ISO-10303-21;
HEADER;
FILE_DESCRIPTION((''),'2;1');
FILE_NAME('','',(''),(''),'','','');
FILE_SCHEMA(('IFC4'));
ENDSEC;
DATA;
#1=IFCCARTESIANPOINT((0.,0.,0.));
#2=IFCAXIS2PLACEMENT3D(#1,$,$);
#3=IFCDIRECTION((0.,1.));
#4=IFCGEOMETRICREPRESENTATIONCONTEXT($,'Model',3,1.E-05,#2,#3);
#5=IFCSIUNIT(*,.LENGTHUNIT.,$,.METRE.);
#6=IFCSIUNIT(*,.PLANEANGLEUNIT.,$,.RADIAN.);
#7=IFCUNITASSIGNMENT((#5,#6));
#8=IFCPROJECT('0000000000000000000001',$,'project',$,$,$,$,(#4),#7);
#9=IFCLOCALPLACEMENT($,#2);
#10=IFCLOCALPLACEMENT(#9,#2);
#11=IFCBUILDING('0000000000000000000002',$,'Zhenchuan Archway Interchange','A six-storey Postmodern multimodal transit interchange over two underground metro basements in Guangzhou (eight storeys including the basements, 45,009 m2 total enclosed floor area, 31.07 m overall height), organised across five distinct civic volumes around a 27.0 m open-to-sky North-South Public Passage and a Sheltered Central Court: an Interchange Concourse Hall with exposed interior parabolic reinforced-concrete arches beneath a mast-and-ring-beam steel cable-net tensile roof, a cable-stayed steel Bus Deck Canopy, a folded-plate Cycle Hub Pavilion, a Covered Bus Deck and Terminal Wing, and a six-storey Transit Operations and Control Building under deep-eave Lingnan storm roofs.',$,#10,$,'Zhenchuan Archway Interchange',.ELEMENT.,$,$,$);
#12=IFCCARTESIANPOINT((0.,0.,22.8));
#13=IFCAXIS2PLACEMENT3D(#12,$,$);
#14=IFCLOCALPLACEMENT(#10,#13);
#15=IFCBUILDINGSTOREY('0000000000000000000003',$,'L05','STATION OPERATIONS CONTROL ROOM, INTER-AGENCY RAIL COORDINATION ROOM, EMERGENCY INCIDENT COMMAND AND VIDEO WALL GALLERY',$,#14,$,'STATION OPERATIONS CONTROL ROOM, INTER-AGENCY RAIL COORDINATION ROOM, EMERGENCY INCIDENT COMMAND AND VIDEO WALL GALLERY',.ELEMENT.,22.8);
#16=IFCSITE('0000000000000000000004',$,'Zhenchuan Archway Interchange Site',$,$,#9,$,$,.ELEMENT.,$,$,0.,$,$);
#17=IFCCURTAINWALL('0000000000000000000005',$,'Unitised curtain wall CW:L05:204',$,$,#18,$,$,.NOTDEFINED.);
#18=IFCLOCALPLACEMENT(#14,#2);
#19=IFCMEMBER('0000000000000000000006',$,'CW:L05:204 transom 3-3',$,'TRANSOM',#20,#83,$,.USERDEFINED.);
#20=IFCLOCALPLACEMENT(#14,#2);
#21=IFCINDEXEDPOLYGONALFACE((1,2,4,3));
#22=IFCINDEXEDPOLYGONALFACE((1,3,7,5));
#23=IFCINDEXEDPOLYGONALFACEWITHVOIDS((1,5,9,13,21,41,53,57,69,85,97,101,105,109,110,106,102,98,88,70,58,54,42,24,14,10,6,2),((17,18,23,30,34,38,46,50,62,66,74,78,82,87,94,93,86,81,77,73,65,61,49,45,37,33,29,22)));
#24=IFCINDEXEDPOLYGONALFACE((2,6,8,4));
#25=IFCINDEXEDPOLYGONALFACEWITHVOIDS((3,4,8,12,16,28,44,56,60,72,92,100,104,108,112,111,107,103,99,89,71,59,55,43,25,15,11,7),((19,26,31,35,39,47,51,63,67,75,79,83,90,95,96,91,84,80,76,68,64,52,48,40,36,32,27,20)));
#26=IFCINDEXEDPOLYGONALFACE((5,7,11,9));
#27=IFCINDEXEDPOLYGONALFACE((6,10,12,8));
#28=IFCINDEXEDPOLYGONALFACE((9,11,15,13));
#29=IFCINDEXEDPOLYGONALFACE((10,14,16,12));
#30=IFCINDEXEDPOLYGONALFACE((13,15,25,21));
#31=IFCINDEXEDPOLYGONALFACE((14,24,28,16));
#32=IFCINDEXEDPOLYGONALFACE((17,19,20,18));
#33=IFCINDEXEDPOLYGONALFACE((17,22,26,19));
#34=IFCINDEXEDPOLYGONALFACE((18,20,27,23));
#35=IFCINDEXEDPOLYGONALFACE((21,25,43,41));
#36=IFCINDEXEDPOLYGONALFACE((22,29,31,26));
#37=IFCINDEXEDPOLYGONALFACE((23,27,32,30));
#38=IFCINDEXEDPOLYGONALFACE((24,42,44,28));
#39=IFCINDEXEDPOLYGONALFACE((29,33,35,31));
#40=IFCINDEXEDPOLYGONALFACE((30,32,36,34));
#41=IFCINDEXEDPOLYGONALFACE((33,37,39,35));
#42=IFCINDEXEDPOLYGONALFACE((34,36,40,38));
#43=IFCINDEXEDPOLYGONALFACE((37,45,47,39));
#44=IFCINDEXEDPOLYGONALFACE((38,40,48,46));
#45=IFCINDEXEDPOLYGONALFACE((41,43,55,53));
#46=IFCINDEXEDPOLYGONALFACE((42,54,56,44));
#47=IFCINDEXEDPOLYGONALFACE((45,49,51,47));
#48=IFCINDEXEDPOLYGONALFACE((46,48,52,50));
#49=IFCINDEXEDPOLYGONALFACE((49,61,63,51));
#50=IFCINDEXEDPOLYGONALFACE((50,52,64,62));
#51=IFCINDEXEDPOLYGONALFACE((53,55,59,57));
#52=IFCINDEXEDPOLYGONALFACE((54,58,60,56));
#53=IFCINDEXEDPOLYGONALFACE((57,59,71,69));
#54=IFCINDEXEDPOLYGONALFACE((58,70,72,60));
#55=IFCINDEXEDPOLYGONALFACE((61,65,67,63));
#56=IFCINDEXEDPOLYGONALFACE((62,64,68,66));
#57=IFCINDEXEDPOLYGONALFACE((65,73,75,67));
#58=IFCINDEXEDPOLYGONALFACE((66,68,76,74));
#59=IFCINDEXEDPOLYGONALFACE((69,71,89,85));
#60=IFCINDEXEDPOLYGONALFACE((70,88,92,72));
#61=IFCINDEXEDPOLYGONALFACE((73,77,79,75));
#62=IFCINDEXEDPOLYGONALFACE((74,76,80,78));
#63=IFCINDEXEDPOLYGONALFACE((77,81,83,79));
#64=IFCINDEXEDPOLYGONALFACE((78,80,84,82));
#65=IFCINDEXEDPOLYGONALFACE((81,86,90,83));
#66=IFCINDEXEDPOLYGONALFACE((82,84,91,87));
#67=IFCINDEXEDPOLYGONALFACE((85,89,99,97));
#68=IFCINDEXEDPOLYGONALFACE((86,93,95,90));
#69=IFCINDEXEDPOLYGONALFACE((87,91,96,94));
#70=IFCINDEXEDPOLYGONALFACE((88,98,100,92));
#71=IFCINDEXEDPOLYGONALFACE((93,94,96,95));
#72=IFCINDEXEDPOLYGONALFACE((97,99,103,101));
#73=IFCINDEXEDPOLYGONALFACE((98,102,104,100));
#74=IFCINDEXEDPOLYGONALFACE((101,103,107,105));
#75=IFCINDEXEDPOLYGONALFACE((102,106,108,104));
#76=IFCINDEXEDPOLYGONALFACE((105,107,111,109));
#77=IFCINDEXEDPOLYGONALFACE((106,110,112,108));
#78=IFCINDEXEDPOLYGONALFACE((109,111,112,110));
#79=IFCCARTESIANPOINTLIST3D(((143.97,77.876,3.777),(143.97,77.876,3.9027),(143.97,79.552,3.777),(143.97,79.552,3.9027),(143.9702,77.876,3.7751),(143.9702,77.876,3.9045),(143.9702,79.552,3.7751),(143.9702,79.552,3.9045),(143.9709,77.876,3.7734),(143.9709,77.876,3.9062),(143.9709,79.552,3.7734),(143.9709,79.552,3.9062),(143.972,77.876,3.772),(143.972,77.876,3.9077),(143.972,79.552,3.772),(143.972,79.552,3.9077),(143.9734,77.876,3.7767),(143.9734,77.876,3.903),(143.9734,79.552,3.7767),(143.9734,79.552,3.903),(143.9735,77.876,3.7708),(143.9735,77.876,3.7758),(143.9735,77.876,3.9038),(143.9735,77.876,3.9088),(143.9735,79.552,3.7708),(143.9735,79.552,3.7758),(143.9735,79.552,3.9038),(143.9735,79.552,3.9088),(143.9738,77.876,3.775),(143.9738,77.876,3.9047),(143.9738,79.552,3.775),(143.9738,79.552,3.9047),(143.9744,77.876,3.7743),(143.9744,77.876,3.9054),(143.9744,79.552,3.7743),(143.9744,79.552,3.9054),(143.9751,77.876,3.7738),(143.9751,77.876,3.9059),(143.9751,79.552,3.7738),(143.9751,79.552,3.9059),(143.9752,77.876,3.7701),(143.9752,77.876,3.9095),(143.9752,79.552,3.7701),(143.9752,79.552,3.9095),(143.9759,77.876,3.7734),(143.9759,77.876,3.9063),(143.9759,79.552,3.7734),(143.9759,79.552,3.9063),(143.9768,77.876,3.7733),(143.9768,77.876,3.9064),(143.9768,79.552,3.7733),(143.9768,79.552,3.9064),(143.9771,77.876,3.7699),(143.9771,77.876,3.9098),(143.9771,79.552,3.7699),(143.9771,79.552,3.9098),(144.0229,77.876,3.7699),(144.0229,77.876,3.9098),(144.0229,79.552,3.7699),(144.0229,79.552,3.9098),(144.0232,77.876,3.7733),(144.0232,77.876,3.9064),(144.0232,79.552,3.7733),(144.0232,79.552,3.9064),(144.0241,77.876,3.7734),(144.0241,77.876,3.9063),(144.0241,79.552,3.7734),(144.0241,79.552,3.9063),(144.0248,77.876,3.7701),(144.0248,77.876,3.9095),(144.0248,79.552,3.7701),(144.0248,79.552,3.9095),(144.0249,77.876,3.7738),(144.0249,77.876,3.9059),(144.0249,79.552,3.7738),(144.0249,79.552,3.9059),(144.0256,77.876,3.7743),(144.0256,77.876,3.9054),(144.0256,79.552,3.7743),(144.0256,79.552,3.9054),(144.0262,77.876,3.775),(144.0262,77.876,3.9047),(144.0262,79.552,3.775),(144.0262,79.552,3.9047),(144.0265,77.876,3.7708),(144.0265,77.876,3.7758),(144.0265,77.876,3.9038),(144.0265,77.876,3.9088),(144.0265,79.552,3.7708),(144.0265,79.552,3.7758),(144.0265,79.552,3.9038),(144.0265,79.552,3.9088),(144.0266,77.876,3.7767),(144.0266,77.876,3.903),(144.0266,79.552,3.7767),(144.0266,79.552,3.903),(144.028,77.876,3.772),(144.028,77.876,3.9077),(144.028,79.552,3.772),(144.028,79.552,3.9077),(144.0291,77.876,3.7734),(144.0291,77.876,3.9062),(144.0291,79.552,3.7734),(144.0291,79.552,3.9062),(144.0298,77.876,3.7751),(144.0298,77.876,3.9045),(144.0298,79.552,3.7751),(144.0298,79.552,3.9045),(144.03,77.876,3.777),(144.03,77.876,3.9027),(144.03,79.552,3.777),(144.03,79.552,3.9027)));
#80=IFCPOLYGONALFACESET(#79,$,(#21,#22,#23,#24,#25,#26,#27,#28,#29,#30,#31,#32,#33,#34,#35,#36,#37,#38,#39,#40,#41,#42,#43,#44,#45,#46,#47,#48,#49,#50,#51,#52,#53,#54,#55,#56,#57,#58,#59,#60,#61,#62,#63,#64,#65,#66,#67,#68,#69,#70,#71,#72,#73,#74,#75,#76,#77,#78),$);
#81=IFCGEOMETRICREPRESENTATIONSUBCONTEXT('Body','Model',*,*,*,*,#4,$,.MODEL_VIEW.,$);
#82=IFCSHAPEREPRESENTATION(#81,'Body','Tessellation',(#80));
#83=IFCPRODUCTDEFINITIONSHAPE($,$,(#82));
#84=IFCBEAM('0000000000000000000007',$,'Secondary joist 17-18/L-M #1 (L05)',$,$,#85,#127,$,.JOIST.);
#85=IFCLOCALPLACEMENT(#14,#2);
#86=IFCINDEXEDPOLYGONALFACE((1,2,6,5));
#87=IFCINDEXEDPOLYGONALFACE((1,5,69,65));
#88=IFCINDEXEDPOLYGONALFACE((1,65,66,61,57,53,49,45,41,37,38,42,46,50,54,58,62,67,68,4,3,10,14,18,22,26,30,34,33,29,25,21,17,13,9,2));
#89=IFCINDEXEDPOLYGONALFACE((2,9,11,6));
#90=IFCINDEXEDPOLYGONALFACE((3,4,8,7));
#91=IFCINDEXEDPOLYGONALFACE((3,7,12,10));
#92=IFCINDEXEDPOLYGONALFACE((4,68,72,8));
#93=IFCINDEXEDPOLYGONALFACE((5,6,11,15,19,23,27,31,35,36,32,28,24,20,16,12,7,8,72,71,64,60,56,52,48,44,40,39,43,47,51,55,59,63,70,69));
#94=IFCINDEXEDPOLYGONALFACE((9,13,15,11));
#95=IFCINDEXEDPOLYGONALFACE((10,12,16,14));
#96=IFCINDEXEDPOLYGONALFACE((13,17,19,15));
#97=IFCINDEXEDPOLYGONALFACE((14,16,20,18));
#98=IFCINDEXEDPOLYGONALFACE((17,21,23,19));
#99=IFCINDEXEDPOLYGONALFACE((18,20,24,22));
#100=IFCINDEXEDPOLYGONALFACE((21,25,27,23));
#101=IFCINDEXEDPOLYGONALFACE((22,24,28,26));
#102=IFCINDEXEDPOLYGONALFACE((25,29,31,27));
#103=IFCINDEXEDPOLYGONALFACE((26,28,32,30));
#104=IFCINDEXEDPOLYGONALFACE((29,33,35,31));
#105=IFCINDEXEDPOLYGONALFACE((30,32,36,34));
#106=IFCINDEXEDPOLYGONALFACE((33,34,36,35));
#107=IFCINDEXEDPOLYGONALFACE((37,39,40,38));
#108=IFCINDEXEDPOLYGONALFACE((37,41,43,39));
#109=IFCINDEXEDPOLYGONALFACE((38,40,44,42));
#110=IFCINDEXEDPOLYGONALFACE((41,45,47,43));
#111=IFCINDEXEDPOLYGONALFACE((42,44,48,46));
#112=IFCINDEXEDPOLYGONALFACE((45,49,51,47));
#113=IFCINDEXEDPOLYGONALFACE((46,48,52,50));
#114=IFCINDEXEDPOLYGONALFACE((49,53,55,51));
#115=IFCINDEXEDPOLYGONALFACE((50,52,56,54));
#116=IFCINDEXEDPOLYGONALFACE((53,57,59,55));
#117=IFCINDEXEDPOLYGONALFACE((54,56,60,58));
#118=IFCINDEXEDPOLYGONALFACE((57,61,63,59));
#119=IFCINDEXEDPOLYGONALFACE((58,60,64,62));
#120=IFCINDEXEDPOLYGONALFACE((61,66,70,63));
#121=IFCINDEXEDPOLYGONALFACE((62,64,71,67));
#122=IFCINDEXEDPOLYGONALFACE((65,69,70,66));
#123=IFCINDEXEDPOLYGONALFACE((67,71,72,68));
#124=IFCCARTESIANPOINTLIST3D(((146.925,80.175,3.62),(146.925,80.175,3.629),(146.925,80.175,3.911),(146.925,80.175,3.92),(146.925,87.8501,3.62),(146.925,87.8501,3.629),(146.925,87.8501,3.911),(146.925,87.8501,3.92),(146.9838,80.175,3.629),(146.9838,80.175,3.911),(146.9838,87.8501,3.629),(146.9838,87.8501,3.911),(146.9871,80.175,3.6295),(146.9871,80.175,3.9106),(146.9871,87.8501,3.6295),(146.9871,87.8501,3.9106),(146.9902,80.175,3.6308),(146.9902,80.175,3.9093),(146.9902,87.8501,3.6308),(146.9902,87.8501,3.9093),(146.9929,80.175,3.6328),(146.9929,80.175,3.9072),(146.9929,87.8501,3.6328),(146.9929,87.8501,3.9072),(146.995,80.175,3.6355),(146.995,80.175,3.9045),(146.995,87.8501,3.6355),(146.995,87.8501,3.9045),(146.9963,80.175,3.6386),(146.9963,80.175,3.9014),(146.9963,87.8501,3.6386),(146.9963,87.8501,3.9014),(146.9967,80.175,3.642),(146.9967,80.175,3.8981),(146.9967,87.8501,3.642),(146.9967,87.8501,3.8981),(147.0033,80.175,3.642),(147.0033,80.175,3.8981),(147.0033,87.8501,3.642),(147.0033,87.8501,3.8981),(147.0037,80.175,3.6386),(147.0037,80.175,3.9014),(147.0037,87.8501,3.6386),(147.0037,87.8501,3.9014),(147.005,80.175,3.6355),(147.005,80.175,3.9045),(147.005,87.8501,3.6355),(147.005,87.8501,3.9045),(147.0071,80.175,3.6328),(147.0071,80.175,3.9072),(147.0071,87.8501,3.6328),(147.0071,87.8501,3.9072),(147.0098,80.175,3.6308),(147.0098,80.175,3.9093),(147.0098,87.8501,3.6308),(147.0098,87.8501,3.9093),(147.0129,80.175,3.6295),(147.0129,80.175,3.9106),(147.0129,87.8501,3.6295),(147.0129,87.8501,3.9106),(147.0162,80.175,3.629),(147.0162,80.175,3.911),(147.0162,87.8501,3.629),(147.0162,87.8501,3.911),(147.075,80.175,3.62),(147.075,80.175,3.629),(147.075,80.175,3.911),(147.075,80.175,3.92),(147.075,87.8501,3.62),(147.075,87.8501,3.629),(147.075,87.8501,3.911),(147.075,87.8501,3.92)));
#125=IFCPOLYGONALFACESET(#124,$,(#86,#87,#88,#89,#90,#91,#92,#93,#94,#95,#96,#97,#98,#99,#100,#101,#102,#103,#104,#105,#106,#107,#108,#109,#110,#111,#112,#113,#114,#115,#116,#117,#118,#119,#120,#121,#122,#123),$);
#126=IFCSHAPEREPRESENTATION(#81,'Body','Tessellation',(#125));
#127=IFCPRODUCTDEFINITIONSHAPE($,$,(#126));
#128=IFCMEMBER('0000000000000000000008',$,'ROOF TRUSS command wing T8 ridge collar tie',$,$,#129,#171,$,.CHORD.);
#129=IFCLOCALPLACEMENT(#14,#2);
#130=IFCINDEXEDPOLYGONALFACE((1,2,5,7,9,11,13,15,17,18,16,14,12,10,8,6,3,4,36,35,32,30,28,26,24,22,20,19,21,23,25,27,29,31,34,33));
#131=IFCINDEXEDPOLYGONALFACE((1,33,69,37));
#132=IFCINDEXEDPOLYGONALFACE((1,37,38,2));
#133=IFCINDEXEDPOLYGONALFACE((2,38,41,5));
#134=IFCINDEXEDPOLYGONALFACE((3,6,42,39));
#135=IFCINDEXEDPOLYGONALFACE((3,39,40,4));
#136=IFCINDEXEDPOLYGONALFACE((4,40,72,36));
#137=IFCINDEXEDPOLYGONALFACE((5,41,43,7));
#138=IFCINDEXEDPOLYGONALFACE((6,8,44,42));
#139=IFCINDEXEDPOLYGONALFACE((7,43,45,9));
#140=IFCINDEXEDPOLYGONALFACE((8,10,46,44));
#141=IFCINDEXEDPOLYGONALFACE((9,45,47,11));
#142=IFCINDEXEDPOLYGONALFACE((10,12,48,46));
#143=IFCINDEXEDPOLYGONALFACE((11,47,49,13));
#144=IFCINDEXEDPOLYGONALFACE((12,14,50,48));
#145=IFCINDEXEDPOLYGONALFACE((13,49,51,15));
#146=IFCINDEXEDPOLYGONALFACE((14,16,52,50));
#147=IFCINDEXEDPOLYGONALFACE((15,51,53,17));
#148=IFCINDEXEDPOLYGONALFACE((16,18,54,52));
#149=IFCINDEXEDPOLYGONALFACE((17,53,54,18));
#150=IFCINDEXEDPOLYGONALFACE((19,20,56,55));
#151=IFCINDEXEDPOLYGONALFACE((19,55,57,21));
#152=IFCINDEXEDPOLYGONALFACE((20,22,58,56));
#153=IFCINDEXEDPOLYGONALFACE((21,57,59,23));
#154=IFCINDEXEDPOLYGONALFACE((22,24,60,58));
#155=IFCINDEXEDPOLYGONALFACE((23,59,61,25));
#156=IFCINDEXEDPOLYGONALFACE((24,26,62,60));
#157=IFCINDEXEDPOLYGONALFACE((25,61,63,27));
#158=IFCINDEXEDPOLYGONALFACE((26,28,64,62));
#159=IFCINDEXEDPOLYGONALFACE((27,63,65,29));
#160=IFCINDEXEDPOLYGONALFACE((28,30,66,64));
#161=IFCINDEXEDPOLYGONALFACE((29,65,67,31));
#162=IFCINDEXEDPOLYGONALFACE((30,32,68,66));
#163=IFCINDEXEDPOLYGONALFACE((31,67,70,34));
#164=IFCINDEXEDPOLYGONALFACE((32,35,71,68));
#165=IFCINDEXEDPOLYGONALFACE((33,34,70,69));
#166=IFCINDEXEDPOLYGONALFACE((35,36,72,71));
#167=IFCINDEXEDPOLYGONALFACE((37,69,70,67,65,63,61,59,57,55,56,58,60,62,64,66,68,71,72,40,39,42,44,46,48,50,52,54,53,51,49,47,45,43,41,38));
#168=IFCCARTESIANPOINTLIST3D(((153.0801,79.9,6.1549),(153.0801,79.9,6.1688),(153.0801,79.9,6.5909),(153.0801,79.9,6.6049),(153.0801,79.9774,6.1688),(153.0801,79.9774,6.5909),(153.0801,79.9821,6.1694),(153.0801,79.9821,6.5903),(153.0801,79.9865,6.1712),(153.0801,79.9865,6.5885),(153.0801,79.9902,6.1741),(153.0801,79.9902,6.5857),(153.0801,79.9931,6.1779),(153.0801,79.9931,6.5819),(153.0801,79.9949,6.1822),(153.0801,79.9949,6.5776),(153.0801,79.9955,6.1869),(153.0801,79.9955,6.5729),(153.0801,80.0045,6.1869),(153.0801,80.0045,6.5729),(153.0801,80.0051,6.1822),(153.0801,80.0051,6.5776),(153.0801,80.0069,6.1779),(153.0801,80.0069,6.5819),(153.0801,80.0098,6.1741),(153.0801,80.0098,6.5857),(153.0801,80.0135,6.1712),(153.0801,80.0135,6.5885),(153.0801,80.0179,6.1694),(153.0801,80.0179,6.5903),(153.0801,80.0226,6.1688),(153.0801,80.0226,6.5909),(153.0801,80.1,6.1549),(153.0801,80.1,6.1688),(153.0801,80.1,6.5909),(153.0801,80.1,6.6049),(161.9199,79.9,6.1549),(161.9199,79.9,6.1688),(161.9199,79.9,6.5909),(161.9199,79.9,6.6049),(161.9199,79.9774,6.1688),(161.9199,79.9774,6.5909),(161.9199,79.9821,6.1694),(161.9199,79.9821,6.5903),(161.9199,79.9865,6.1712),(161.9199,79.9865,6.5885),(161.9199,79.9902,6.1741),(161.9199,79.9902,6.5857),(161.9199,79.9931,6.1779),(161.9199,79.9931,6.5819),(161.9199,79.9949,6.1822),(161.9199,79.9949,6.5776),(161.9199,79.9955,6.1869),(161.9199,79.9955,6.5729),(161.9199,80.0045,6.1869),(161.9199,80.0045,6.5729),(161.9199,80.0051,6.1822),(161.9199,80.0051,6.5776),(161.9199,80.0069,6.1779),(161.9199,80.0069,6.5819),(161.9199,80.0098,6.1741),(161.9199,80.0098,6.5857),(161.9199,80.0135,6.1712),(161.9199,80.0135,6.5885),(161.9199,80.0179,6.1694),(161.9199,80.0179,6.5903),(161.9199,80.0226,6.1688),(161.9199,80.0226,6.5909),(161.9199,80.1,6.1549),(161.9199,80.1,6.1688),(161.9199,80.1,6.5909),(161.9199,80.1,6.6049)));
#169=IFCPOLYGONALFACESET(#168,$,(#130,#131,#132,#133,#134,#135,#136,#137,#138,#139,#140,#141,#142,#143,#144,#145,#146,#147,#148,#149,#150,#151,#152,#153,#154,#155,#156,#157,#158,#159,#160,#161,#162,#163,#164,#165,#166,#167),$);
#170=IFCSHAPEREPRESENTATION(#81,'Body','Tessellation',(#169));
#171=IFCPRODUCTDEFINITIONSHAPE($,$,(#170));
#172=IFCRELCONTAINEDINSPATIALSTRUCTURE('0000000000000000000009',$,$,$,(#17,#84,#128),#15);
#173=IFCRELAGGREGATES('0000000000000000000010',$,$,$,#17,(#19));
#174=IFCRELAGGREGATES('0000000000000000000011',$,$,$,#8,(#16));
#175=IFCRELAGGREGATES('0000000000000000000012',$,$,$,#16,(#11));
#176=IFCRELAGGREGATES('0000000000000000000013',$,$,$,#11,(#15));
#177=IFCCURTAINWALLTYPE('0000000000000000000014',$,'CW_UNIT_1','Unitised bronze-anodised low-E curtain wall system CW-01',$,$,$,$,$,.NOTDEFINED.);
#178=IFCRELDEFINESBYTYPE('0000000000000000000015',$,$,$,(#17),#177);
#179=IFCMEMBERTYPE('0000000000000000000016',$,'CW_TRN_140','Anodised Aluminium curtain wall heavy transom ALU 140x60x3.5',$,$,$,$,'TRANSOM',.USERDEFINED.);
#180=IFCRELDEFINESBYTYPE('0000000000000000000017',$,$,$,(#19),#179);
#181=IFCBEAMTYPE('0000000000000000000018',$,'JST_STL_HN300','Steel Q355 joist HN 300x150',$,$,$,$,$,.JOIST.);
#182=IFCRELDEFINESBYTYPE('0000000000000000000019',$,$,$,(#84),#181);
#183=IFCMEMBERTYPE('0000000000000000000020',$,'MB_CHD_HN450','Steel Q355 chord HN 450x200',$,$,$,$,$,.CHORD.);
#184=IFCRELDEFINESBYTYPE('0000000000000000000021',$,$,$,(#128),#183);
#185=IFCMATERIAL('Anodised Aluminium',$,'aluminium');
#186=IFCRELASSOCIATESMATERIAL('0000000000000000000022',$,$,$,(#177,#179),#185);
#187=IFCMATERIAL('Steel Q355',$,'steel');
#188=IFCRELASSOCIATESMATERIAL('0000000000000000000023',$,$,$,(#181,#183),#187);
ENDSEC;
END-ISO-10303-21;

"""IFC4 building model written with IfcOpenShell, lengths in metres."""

from ifc_helpers import new_model, si_unit, direction, frame, origin, origin_2d, place, context, subcontext, project, spatial, hollow_rectangle, i_section, extrude, material, material_profile, profile_set, type_object, element, aggregate, save


model = new_model("IFC4")

# Units and contexts
model_context = context("Model", 3, precision=1e-05, world=origin(), true_north=direction((0.0, 1.0)))
body_context = subcontext(model_context, "Body", "Model", "MODEL_VIEW")
ifc_project = project(units=[si_unit("LENGTHUNIT", "METRE"), si_unit("PLANEANGLEUNIT", "RADIAN")], contexts=[model_context])

# Site, building, storey
site_placement = place(None, origin())
site = spatial("IfcSite", under=ifc_project, at=site_placement, Name="Zhenchuan Archway Interchange Site", CompositionType="ELEMENT", RefElevation=0.0)
building_placement = place(site_placement, origin())
building = spatial("IfcBuilding", under=site, at=building_placement, Name="Zhenchuan Archway Interchange", Description="A six-storey Postmodern multimodal transit interchange over two underground metro basements in Guangzhou (eight storeys including the basements, 45,009 m2 total enclosed floor area, 31.07 m overall height), organised across five distinct civic volumes around a 27.0 m open-to-sky North-South Public Passage and a Sheltered Central Court: an Interchange Concourse Hall with exposed interior parabolic reinforced-concrete arches beneath a mast-and-ring-beam steel cable-net tensile roof, a cable-stayed steel Bus Deck Canopy, a folded-plate Cycle Hub Pavilion, a Covered Bus Deck and Terminal Wing, and a six-storey Transit Operations and Control Building under deep-eave Lingnan storm roofs.", LongName="Zhenchuan Archway Interchange", CompositionType="ELEMENT")
storey_placement = place(building_placement, frame((0.0, 0.0, 22.8)))
storey = spatial("IfcBuildingStorey", under=building, at=storey_placement, Name="L05", Description="STATION OPERATIONS CONTROL ROOM, INTER-AGENCY RAIL COORDINATION ROOM, EMERGENCY INCIDENT COMMAND AND VIDEO WALL GALLERY", LongName="STATION OPERATIONS CONTROL ROOM, INTER-AGENCY RAIL COORDINATION ROOM, EMERGENCY INCIDENT COMMAND AND VIDEO WALL GALLERY", CompositionType="ELEMENT", Elevation=22.8)

# Shared definitions
ifc_material_1 = material(Name="Steel Q355", Category="steel")

# Curtain wall, member
ifc_material_2 = material(Name="Anodised Aluminium", Category="aluminium")
curtain_wall_type = type_object("IfcCurtainWallType", Name="CW_UNIT_1", Description="Unitised bronze-anodised low-E curtain wall system CW-01", PredefinedType="NOTDEFINED", material=ifc_material_2)
curtain_wall_placement = place(storey_placement, origin())
curtain_wall = element("IfcCurtainWall", 1, at=curtain_wall_placement, inside=storey, type_object=curtain_wall_type, Name="Unitised curtain wall CW:L05:204", PredefinedType="NOTDEFINED")
ifc_material_profile_1 = material_profile(ifc_material_2, hollow_rectangle(XDim=0.0601, YDim=0.1399, WallThickness=0.0034, InnerFilletRadius=0.0034, OuterFilletRadius=0.0071, at=origin_2d()), Name="ALU 140x60x3.5")
ifc_profile_set_1 = profile_set([ifc_material_profile_1], Name="Anodised Aluminium")
member_type_1 = type_object("IfcMemberType", Name="CW_TRN_140", Description="Anodised Aluminium curtain wall heavy transom ALU 140x60x3.5", ElementType="TRANSOM", PredefinedType="USERDEFINED", material=ifc_profile_set_1)
member_1_placement = place(storey_placement, frame((144.0, 77.876, 3.8398), z_axis=(0.0, 1.0, 0.0), x_axis=(-1.0, 0.0, 0.0)))
member_1 = element("IfcMember", 2, at=member_1_placement, type_object=member_type_1, Name="CW:L05:204 transom 3-3", ObjectType="TRANSOM", PredefinedType="USERDEFINED", context=body_context, shape_type="SweptSolid", body=[
    extrude(hollow_rectangle(XDim=0.0601, YDim=0.1399, WallThickness=0.0034, InnerFilletRadius=0.0034, OuterFilletRadius=0.0071, at=origin_2d()), origin(), (0.0, 0.0, 1.0), 1.676),
])

# Beam
ifc_material_profile_2 = material_profile(ifc_material_1, i_section(OverallWidth=0.1499, OverallDepth=0.3, WebThickness=0.0066, FlangeThickness=0.009, FilletRadius=0.0129, at=origin_2d()), Name="HN 300x150")
ifc_profile_set_2 = profile_set([ifc_material_profile_2], Name="Steel Q355")
beam_type_1 = type_object("IfcBeamType", Name="JST_STL_HN300", Description="Steel Q355 joist HN 300x150", PredefinedType="JOIST", material=ifc_profile_set_2)
beam_1_placement = place(storey_placement, frame((147.0, 80.175, 3.77), z_axis=(0.0, 1.0, 0.0), x_axis=(-1.0, 0.0, 0.0)))
element("IfcBeam", 3, at=beam_1_placement, inside=storey, type_object=beam_type_1, Name="Secondary joist 17-18/L-M #1 (L05)", PredefinedType="JOIST", context=body_context, shape_type="SweptSolid", body=[
    extrude(i_section(OverallWidth=0.1499, OverallDepth=0.3, WebThickness=0.0066, FlangeThickness=0.009, FilletRadius=0.0129, at=origin_2d()), origin(), (0.0, 0.0, 1.0), 7.675),
])

# Member
ifc_material_profile_3 = material_profile(ifc_material_1, i_section(OverallWidth=0.2, OverallDepth=0.45, WebThickness=0.009, FlangeThickness=0.0139, FilletRadius=0.0181, at=origin_2d()), Name="HN 450x200")
ifc_profile_set_3 = profile_set([ifc_material_profile_3], Name="Steel Q355")
member_type_2 = type_object("IfcMemberType", Name="MB_CHD_HN450", Description="Steel Q355 chord HN 450x200", PredefinedType="CHORD", material=ifc_profile_set_3)
member_2_placement = place(storey_placement, frame((153.0801, 80.0, 6.3799), z_axis=(1.0, 0.0, 0.0), x_axis=(0.0, 1.0, 0.0)))
element("IfcMember", 4, at=member_2_placement, inside=storey, type_object=member_type_2, Name="ROOF TRUSS command wing T8 ridge collar tie", PredefinedType="CHORD", context=body_context, shape_type="SweptSolid", body=[
    extrude(i_section(OverallWidth=0.2, OverallDepth=0.45, WebThickness=0.009, FlangeThickness=0.0139, FilletRadius=0.0181, at=origin_2d()), origin(), (0.0, 0.0, 1.0), 8.8398),
])

aggregate(curtain_wall, [member_1])

save(model, "model.ifc")
